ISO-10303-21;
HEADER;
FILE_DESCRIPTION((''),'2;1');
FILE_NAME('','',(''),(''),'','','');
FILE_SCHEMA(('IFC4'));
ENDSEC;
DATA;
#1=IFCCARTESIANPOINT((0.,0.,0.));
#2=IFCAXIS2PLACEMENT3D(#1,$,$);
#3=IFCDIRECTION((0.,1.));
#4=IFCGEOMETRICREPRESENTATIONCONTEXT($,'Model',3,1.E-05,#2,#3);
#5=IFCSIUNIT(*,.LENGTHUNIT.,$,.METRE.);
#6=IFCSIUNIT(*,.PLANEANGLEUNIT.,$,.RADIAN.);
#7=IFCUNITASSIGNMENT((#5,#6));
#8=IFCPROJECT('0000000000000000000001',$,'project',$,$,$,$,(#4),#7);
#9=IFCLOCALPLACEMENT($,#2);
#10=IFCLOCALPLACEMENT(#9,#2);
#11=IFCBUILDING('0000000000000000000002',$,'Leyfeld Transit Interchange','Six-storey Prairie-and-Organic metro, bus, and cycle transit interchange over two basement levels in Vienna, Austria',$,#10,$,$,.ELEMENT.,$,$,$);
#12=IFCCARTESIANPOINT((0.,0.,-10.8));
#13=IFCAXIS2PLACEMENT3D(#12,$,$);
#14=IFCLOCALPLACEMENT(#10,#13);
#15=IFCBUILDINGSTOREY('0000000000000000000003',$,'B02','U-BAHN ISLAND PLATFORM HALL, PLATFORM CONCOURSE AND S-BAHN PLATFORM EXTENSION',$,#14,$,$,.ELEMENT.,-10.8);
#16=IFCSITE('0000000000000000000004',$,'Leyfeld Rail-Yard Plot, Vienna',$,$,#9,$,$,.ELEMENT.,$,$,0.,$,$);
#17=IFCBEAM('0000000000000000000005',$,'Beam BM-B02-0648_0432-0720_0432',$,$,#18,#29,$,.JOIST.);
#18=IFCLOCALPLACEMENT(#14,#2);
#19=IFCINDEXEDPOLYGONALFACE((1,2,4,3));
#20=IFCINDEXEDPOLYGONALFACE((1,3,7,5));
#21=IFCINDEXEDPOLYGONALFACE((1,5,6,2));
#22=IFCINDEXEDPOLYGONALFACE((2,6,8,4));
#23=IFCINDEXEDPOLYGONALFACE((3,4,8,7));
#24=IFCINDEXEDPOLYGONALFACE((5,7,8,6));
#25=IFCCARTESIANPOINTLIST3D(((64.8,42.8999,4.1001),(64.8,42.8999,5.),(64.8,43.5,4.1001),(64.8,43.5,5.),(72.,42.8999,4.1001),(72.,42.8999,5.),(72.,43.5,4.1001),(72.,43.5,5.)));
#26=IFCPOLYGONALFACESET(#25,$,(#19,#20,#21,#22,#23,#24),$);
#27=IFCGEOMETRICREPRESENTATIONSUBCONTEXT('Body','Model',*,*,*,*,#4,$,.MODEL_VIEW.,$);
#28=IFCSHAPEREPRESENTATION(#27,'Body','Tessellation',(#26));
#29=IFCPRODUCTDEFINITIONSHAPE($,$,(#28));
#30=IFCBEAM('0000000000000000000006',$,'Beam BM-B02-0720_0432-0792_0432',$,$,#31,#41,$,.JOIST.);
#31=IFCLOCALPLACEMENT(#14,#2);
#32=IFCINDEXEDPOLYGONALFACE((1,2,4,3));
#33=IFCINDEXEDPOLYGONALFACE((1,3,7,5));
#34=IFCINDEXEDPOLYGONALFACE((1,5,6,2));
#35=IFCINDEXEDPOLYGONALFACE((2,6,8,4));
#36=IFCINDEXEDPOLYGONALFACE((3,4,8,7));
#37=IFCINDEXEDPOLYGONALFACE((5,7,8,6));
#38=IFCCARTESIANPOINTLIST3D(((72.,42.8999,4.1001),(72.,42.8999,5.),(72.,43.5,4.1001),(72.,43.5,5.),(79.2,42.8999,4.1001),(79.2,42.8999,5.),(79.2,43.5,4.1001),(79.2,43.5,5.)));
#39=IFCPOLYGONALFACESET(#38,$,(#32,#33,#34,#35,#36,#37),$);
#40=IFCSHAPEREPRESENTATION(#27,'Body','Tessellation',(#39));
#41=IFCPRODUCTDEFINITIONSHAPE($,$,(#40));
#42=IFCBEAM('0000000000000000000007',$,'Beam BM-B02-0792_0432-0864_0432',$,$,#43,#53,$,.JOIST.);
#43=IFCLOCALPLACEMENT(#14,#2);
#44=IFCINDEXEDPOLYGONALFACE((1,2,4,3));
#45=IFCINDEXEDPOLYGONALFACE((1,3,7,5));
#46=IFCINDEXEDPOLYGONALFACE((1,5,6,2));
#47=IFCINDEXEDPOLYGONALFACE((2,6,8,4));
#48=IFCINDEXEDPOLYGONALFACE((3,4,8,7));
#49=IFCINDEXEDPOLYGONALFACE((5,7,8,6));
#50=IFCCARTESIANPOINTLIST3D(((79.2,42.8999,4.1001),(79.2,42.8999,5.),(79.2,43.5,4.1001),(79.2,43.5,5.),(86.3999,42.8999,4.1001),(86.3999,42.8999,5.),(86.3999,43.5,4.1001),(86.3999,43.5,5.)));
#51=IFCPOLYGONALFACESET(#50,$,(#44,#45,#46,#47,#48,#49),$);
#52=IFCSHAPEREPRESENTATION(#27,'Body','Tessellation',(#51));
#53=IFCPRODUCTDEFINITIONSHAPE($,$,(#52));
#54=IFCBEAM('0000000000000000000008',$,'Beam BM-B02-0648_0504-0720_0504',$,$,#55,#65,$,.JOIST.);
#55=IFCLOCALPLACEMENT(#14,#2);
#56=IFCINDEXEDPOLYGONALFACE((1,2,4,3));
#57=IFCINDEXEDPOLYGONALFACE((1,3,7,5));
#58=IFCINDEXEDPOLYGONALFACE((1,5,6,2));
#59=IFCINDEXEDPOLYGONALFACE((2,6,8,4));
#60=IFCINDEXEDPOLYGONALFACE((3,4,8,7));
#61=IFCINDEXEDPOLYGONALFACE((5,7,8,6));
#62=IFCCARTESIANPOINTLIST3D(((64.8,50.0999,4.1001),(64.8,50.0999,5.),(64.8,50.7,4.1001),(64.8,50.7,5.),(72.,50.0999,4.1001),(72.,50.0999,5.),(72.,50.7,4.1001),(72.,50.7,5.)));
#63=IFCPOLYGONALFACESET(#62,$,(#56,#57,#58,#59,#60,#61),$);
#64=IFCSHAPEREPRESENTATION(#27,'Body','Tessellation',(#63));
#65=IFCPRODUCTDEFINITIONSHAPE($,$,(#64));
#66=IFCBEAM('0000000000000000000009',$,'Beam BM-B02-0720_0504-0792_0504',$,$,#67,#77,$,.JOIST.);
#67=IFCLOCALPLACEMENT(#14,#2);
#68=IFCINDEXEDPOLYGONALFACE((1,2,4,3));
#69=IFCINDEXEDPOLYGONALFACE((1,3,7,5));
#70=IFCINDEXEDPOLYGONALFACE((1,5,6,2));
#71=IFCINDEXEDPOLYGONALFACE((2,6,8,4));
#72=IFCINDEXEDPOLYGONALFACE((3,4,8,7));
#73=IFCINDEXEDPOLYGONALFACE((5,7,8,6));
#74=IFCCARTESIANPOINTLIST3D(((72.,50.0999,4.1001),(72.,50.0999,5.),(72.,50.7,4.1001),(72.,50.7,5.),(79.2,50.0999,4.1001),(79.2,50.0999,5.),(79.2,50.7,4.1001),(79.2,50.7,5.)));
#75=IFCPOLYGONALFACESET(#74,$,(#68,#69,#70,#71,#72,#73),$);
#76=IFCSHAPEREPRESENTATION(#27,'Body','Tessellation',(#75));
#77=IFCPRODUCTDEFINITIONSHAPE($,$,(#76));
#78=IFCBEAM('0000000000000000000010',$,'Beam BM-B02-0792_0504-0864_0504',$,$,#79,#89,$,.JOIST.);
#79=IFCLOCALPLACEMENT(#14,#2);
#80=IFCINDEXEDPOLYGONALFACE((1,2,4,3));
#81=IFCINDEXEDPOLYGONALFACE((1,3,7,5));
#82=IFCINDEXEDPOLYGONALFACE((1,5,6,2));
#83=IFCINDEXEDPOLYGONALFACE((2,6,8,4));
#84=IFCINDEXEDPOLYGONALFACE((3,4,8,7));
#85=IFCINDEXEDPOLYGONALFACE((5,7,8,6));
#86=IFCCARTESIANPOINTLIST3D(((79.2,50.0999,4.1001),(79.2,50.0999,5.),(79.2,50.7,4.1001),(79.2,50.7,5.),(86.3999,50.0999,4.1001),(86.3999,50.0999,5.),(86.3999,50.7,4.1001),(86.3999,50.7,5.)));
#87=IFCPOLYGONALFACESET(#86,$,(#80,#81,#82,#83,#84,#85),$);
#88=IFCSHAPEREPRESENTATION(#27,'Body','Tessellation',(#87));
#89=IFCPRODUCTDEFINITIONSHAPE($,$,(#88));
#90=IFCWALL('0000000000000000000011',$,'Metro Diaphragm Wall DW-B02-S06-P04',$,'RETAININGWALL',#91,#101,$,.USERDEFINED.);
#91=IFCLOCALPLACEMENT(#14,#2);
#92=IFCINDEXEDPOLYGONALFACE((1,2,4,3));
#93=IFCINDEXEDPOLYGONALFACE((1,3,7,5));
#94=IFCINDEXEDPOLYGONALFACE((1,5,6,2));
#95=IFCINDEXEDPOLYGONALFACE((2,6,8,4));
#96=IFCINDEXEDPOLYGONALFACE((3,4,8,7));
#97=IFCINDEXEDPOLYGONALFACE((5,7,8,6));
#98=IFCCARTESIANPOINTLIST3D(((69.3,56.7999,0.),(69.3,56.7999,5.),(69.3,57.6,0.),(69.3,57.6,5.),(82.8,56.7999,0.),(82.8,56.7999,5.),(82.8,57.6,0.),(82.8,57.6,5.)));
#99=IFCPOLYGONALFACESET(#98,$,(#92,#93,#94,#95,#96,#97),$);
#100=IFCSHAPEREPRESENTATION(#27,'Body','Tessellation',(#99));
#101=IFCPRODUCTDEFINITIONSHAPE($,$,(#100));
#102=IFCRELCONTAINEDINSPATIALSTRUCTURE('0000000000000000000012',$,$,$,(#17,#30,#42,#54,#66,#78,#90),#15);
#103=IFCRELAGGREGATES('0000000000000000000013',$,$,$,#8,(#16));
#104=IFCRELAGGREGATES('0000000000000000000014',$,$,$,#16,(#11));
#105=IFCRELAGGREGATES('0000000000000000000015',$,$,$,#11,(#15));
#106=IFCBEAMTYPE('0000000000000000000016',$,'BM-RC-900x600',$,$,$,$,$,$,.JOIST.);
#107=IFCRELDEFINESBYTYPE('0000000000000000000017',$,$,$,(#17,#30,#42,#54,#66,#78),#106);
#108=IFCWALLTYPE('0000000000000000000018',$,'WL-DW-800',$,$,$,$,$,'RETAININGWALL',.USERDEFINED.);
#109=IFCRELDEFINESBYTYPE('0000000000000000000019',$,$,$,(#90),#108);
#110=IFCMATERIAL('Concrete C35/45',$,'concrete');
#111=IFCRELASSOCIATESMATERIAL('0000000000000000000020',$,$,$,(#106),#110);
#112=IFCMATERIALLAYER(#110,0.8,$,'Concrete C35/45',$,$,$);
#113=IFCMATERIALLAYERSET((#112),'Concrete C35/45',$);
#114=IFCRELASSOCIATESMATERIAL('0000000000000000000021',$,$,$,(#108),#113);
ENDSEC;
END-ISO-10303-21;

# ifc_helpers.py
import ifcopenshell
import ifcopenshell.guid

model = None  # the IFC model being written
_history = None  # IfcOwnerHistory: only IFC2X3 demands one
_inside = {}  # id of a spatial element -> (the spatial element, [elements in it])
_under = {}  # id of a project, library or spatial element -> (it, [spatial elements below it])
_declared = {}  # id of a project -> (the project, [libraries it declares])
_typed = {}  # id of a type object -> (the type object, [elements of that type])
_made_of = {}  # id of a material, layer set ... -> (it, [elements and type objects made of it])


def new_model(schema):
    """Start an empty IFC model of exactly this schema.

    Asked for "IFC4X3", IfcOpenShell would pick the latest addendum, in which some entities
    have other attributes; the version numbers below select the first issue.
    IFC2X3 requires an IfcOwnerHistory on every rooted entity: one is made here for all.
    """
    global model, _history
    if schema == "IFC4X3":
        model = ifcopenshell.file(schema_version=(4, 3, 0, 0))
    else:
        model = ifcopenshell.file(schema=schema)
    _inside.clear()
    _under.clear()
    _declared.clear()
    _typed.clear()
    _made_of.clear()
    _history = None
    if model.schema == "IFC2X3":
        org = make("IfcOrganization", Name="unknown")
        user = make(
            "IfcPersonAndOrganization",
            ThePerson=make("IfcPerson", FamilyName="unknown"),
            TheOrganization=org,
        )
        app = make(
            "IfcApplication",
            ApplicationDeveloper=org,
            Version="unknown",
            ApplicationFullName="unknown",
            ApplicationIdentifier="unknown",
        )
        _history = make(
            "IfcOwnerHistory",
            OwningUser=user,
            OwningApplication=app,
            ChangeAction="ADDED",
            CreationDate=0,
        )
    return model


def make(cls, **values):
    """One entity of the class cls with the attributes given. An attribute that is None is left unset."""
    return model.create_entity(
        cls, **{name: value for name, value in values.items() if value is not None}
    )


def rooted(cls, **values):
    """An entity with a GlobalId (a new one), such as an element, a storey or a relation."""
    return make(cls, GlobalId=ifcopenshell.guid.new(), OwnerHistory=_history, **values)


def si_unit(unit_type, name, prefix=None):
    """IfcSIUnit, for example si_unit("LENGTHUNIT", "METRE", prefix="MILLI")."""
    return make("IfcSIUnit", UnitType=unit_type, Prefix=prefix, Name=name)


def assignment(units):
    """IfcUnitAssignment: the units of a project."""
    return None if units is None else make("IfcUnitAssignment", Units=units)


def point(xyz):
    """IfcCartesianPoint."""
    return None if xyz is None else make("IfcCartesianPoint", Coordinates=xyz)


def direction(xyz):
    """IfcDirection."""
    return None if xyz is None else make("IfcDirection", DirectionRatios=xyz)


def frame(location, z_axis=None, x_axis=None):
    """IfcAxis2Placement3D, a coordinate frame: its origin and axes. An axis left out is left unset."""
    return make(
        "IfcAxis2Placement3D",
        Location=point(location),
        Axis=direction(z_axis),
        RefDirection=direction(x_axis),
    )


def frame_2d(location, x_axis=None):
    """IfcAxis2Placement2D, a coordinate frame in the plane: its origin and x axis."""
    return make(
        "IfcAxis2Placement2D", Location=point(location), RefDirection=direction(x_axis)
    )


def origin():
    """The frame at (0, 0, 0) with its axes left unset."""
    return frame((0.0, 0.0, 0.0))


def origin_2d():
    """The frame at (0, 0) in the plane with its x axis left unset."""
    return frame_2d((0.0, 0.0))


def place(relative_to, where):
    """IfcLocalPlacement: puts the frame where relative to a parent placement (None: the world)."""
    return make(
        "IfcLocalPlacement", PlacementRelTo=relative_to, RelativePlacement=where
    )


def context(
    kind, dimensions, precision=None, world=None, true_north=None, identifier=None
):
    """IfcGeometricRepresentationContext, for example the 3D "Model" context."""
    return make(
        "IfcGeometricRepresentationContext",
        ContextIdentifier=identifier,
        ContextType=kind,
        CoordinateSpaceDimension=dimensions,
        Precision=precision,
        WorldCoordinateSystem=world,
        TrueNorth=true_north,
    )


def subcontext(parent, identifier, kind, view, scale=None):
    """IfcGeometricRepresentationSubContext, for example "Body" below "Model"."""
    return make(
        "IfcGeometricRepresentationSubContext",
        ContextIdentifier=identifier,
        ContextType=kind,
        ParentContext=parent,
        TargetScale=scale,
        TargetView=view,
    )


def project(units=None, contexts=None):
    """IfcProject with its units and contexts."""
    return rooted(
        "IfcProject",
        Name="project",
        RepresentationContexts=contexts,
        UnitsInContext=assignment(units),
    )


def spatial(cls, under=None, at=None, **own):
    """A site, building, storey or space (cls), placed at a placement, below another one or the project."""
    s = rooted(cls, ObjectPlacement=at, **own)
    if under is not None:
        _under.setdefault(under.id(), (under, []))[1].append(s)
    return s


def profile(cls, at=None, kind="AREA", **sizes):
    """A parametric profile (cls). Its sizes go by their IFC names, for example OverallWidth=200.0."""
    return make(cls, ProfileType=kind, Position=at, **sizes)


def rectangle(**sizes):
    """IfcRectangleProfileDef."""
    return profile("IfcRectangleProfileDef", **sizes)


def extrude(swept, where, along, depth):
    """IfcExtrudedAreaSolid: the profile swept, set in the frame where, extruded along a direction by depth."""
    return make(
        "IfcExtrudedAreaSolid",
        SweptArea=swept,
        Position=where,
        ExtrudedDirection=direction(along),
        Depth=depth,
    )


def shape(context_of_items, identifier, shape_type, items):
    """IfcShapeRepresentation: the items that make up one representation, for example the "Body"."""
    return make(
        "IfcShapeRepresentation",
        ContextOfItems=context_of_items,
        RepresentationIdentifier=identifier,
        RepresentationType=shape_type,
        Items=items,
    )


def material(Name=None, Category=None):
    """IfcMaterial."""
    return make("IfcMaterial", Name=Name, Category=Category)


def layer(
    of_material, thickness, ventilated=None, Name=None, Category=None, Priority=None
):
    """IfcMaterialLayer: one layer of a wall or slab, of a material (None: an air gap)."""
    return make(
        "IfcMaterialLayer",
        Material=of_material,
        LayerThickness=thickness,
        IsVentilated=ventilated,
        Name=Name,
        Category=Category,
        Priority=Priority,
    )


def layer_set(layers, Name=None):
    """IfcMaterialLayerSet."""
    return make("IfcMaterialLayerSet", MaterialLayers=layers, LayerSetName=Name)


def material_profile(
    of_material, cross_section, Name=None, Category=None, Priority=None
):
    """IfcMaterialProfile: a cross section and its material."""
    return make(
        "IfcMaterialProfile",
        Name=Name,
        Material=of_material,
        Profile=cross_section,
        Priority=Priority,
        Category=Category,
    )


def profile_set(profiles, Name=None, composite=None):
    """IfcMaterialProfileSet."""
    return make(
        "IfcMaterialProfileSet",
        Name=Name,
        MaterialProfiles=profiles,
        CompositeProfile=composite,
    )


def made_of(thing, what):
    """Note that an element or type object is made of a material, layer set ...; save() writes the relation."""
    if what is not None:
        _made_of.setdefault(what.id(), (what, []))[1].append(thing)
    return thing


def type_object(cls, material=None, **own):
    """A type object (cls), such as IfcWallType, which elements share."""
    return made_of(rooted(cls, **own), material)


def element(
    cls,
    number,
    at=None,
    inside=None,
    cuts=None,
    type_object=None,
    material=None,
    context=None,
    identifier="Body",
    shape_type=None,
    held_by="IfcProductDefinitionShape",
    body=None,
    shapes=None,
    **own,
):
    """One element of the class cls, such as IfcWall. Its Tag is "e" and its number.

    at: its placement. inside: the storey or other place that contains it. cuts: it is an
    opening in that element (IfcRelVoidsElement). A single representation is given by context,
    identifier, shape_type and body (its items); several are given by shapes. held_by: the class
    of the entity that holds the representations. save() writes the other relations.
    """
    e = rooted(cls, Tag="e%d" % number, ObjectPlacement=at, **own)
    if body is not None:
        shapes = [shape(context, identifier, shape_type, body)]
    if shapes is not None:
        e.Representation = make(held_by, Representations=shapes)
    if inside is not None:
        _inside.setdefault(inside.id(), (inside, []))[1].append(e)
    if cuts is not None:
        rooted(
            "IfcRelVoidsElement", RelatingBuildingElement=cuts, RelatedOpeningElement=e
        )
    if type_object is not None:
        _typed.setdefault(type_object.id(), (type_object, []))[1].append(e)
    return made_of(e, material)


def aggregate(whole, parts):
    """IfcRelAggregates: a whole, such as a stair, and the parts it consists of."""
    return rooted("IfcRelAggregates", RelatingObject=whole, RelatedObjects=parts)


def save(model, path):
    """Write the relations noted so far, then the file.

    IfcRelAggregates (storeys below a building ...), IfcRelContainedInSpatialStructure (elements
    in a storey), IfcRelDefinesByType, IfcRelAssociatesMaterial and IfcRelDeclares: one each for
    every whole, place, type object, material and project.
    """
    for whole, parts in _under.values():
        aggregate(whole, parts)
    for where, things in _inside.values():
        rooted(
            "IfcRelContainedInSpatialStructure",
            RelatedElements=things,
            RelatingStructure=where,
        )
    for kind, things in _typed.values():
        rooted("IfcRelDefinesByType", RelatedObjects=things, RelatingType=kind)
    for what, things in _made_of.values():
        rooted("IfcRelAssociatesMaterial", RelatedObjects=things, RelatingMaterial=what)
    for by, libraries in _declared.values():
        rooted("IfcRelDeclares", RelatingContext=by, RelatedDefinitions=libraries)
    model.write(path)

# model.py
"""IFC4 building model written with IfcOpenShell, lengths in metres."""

from ifc_helpers import new_model, si_unit, direction, frame, frame_2d, origin, origin_2d, place, context, subcontext, project, spatial, rectangle, extrude, material, layer, layer_set, material_profile, profile_set, type_object, element, save


model = new_model("IFC4")

# Units and contexts
model_context = context("Model", 3, precision=1e-05, world=origin(), true_north=direction((0.0, 1.0)))
body_context = subcontext(model_context, "Body", "Model", "MODEL_VIEW")
ifc_project = project(units=[si_unit("LENGTHUNIT", "METRE"), si_unit("PLANEANGLEUNIT", "RADIAN")], contexts=[model_context])

# Site, building, storey
site_placement = place(None, origin())
site = spatial("IfcSite", under=ifc_project, at=site_placement, Name="Leyfeld Rail-Yard Plot, Vienna", CompositionType="ELEMENT", RefElevation=0.0)
building_placement = place(site_placement, origin())
building = spatial("IfcBuilding", under=site, at=building_placement, Name="Leyfeld Transit Interchange", Description="Six-storey Prairie-and-Organic metro, bus, and cycle transit interchange over two basement levels in Vienna, Austria", CompositionType="ELEMENT")
storey_placement = place(building_placement, frame((0.0, 0.0, -10.8)))
storey = spatial("IfcBuildingStorey", under=building, at=storey_placement, Name="B02", Description="U-BAHN ISLAND PLATFORM HALL, PLATFORM CONCOURSE AND S-BAHN PLATFORM EXTENSION", CompositionType="ELEMENT", Elevation=-10.8)

# Shared definitions
ifc_material = material(Name="Concrete C35/45", Category="concrete")

# Beams
ifc_material_profile_1 = material_profile(ifc_material, rectangle(XDim=0.6001, YDim=0.8999, at=origin_2d()), Name="RC 900x600")
ifc_profile_set_1 = profile_set([ifc_material_profile_1], Name="Concrete C35/45")
beam_type_1 = type_object("IfcBeamType", Name="BM-RC-900x600", PredefinedType="JOIST", material=ifc_profile_set_1)
for number, where, z_axis, x_axis, name in (
    (1, (64.8, 43.2, 4.55), (1.0, 0.0, 0.0), (0.0, 1.0, 0.0), "Beam BM-B02-0648_0432-0720_0432"),
    (2, (72.0, 43.2, 4.55), (1.0, 0.0, 0.0), (0.0, 1.0, 0.0), "Beam BM-B02-0720_0432-0792_0432"),
    (3, (79.2, 43.2, 4.55), (1.0, 0.0, 0.0), (0.0, 1.0, 0.0), "Beam BM-B02-0792_0432-0864_0432"),
    (4, (64.8, 50.3999, 4.55), (1.0, 0.0, 0.0), (0.0, 1.0, 0.0), "Beam BM-B02-0648_0504-0720_0504"),
    (5, (72.0, 50.3999, 4.55), (1.0, 0.0, 0.0), (0.0, 1.0, 0.0), "Beam BM-B02-0720_0504-0792_0504"),
    (6, (79.2, 50.3999, 4.55), (1.0, 0.0, 0.0), (0.0, 1.0, 0.0), "Beam BM-B02-0792_0504-0864_0504"),
):
    element("IfcBeam", number, at=place(storey_placement, frame(where, z_axis=z_axis, x_axis=x_axis)), inside=storey, type_object=beam_type_1, Name=name, PredefinedType="JOIST", context=body_context, shape_type="SweptSolid", body=[
        extrude(rectangle(XDim=0.6001, YDim=0.8999, at=origin_2d()), origin(), (0.0, 0.0, 1.0), 7.2),
    ])

# Wall
ifc_layer = layer(ifc_material, 0.8, Name="Concrete C35/45")
ifc_layer_set = layer_set([ifc_layer], Name="Concrete C35/45")
wall_type = type_object("IfcWallType", Name="WL-DW-800", ElementType="RETAININGWALL", PredefinedType="USERDEFINED", material=ifc_layer_set)
wall_placement = place(storey_placement, frame((69.3, 57.2, 0.0), z_axis=(0.0, 0.0, 1.0), x_axis=(1.0, 0.0, 0.0)))
element("IfcWall", 7, at=wall_placement, inside=storey, type_object=wall_type, Name="Metro Diaphragm Wall DW-B02-S06-P04", ObjectType="RETAININGWALL", PredefinedType="USERDEFINED", context=body_context, shape_type="SweptSolid", body=[
    extrude(rectangle(XDim=13.5, YDim=0.8, at=frame_2d((6.75, 0.0))), origin(), (0.0, 0.0, 1.0), 5.0),
])

save(model, "model.ifc")
